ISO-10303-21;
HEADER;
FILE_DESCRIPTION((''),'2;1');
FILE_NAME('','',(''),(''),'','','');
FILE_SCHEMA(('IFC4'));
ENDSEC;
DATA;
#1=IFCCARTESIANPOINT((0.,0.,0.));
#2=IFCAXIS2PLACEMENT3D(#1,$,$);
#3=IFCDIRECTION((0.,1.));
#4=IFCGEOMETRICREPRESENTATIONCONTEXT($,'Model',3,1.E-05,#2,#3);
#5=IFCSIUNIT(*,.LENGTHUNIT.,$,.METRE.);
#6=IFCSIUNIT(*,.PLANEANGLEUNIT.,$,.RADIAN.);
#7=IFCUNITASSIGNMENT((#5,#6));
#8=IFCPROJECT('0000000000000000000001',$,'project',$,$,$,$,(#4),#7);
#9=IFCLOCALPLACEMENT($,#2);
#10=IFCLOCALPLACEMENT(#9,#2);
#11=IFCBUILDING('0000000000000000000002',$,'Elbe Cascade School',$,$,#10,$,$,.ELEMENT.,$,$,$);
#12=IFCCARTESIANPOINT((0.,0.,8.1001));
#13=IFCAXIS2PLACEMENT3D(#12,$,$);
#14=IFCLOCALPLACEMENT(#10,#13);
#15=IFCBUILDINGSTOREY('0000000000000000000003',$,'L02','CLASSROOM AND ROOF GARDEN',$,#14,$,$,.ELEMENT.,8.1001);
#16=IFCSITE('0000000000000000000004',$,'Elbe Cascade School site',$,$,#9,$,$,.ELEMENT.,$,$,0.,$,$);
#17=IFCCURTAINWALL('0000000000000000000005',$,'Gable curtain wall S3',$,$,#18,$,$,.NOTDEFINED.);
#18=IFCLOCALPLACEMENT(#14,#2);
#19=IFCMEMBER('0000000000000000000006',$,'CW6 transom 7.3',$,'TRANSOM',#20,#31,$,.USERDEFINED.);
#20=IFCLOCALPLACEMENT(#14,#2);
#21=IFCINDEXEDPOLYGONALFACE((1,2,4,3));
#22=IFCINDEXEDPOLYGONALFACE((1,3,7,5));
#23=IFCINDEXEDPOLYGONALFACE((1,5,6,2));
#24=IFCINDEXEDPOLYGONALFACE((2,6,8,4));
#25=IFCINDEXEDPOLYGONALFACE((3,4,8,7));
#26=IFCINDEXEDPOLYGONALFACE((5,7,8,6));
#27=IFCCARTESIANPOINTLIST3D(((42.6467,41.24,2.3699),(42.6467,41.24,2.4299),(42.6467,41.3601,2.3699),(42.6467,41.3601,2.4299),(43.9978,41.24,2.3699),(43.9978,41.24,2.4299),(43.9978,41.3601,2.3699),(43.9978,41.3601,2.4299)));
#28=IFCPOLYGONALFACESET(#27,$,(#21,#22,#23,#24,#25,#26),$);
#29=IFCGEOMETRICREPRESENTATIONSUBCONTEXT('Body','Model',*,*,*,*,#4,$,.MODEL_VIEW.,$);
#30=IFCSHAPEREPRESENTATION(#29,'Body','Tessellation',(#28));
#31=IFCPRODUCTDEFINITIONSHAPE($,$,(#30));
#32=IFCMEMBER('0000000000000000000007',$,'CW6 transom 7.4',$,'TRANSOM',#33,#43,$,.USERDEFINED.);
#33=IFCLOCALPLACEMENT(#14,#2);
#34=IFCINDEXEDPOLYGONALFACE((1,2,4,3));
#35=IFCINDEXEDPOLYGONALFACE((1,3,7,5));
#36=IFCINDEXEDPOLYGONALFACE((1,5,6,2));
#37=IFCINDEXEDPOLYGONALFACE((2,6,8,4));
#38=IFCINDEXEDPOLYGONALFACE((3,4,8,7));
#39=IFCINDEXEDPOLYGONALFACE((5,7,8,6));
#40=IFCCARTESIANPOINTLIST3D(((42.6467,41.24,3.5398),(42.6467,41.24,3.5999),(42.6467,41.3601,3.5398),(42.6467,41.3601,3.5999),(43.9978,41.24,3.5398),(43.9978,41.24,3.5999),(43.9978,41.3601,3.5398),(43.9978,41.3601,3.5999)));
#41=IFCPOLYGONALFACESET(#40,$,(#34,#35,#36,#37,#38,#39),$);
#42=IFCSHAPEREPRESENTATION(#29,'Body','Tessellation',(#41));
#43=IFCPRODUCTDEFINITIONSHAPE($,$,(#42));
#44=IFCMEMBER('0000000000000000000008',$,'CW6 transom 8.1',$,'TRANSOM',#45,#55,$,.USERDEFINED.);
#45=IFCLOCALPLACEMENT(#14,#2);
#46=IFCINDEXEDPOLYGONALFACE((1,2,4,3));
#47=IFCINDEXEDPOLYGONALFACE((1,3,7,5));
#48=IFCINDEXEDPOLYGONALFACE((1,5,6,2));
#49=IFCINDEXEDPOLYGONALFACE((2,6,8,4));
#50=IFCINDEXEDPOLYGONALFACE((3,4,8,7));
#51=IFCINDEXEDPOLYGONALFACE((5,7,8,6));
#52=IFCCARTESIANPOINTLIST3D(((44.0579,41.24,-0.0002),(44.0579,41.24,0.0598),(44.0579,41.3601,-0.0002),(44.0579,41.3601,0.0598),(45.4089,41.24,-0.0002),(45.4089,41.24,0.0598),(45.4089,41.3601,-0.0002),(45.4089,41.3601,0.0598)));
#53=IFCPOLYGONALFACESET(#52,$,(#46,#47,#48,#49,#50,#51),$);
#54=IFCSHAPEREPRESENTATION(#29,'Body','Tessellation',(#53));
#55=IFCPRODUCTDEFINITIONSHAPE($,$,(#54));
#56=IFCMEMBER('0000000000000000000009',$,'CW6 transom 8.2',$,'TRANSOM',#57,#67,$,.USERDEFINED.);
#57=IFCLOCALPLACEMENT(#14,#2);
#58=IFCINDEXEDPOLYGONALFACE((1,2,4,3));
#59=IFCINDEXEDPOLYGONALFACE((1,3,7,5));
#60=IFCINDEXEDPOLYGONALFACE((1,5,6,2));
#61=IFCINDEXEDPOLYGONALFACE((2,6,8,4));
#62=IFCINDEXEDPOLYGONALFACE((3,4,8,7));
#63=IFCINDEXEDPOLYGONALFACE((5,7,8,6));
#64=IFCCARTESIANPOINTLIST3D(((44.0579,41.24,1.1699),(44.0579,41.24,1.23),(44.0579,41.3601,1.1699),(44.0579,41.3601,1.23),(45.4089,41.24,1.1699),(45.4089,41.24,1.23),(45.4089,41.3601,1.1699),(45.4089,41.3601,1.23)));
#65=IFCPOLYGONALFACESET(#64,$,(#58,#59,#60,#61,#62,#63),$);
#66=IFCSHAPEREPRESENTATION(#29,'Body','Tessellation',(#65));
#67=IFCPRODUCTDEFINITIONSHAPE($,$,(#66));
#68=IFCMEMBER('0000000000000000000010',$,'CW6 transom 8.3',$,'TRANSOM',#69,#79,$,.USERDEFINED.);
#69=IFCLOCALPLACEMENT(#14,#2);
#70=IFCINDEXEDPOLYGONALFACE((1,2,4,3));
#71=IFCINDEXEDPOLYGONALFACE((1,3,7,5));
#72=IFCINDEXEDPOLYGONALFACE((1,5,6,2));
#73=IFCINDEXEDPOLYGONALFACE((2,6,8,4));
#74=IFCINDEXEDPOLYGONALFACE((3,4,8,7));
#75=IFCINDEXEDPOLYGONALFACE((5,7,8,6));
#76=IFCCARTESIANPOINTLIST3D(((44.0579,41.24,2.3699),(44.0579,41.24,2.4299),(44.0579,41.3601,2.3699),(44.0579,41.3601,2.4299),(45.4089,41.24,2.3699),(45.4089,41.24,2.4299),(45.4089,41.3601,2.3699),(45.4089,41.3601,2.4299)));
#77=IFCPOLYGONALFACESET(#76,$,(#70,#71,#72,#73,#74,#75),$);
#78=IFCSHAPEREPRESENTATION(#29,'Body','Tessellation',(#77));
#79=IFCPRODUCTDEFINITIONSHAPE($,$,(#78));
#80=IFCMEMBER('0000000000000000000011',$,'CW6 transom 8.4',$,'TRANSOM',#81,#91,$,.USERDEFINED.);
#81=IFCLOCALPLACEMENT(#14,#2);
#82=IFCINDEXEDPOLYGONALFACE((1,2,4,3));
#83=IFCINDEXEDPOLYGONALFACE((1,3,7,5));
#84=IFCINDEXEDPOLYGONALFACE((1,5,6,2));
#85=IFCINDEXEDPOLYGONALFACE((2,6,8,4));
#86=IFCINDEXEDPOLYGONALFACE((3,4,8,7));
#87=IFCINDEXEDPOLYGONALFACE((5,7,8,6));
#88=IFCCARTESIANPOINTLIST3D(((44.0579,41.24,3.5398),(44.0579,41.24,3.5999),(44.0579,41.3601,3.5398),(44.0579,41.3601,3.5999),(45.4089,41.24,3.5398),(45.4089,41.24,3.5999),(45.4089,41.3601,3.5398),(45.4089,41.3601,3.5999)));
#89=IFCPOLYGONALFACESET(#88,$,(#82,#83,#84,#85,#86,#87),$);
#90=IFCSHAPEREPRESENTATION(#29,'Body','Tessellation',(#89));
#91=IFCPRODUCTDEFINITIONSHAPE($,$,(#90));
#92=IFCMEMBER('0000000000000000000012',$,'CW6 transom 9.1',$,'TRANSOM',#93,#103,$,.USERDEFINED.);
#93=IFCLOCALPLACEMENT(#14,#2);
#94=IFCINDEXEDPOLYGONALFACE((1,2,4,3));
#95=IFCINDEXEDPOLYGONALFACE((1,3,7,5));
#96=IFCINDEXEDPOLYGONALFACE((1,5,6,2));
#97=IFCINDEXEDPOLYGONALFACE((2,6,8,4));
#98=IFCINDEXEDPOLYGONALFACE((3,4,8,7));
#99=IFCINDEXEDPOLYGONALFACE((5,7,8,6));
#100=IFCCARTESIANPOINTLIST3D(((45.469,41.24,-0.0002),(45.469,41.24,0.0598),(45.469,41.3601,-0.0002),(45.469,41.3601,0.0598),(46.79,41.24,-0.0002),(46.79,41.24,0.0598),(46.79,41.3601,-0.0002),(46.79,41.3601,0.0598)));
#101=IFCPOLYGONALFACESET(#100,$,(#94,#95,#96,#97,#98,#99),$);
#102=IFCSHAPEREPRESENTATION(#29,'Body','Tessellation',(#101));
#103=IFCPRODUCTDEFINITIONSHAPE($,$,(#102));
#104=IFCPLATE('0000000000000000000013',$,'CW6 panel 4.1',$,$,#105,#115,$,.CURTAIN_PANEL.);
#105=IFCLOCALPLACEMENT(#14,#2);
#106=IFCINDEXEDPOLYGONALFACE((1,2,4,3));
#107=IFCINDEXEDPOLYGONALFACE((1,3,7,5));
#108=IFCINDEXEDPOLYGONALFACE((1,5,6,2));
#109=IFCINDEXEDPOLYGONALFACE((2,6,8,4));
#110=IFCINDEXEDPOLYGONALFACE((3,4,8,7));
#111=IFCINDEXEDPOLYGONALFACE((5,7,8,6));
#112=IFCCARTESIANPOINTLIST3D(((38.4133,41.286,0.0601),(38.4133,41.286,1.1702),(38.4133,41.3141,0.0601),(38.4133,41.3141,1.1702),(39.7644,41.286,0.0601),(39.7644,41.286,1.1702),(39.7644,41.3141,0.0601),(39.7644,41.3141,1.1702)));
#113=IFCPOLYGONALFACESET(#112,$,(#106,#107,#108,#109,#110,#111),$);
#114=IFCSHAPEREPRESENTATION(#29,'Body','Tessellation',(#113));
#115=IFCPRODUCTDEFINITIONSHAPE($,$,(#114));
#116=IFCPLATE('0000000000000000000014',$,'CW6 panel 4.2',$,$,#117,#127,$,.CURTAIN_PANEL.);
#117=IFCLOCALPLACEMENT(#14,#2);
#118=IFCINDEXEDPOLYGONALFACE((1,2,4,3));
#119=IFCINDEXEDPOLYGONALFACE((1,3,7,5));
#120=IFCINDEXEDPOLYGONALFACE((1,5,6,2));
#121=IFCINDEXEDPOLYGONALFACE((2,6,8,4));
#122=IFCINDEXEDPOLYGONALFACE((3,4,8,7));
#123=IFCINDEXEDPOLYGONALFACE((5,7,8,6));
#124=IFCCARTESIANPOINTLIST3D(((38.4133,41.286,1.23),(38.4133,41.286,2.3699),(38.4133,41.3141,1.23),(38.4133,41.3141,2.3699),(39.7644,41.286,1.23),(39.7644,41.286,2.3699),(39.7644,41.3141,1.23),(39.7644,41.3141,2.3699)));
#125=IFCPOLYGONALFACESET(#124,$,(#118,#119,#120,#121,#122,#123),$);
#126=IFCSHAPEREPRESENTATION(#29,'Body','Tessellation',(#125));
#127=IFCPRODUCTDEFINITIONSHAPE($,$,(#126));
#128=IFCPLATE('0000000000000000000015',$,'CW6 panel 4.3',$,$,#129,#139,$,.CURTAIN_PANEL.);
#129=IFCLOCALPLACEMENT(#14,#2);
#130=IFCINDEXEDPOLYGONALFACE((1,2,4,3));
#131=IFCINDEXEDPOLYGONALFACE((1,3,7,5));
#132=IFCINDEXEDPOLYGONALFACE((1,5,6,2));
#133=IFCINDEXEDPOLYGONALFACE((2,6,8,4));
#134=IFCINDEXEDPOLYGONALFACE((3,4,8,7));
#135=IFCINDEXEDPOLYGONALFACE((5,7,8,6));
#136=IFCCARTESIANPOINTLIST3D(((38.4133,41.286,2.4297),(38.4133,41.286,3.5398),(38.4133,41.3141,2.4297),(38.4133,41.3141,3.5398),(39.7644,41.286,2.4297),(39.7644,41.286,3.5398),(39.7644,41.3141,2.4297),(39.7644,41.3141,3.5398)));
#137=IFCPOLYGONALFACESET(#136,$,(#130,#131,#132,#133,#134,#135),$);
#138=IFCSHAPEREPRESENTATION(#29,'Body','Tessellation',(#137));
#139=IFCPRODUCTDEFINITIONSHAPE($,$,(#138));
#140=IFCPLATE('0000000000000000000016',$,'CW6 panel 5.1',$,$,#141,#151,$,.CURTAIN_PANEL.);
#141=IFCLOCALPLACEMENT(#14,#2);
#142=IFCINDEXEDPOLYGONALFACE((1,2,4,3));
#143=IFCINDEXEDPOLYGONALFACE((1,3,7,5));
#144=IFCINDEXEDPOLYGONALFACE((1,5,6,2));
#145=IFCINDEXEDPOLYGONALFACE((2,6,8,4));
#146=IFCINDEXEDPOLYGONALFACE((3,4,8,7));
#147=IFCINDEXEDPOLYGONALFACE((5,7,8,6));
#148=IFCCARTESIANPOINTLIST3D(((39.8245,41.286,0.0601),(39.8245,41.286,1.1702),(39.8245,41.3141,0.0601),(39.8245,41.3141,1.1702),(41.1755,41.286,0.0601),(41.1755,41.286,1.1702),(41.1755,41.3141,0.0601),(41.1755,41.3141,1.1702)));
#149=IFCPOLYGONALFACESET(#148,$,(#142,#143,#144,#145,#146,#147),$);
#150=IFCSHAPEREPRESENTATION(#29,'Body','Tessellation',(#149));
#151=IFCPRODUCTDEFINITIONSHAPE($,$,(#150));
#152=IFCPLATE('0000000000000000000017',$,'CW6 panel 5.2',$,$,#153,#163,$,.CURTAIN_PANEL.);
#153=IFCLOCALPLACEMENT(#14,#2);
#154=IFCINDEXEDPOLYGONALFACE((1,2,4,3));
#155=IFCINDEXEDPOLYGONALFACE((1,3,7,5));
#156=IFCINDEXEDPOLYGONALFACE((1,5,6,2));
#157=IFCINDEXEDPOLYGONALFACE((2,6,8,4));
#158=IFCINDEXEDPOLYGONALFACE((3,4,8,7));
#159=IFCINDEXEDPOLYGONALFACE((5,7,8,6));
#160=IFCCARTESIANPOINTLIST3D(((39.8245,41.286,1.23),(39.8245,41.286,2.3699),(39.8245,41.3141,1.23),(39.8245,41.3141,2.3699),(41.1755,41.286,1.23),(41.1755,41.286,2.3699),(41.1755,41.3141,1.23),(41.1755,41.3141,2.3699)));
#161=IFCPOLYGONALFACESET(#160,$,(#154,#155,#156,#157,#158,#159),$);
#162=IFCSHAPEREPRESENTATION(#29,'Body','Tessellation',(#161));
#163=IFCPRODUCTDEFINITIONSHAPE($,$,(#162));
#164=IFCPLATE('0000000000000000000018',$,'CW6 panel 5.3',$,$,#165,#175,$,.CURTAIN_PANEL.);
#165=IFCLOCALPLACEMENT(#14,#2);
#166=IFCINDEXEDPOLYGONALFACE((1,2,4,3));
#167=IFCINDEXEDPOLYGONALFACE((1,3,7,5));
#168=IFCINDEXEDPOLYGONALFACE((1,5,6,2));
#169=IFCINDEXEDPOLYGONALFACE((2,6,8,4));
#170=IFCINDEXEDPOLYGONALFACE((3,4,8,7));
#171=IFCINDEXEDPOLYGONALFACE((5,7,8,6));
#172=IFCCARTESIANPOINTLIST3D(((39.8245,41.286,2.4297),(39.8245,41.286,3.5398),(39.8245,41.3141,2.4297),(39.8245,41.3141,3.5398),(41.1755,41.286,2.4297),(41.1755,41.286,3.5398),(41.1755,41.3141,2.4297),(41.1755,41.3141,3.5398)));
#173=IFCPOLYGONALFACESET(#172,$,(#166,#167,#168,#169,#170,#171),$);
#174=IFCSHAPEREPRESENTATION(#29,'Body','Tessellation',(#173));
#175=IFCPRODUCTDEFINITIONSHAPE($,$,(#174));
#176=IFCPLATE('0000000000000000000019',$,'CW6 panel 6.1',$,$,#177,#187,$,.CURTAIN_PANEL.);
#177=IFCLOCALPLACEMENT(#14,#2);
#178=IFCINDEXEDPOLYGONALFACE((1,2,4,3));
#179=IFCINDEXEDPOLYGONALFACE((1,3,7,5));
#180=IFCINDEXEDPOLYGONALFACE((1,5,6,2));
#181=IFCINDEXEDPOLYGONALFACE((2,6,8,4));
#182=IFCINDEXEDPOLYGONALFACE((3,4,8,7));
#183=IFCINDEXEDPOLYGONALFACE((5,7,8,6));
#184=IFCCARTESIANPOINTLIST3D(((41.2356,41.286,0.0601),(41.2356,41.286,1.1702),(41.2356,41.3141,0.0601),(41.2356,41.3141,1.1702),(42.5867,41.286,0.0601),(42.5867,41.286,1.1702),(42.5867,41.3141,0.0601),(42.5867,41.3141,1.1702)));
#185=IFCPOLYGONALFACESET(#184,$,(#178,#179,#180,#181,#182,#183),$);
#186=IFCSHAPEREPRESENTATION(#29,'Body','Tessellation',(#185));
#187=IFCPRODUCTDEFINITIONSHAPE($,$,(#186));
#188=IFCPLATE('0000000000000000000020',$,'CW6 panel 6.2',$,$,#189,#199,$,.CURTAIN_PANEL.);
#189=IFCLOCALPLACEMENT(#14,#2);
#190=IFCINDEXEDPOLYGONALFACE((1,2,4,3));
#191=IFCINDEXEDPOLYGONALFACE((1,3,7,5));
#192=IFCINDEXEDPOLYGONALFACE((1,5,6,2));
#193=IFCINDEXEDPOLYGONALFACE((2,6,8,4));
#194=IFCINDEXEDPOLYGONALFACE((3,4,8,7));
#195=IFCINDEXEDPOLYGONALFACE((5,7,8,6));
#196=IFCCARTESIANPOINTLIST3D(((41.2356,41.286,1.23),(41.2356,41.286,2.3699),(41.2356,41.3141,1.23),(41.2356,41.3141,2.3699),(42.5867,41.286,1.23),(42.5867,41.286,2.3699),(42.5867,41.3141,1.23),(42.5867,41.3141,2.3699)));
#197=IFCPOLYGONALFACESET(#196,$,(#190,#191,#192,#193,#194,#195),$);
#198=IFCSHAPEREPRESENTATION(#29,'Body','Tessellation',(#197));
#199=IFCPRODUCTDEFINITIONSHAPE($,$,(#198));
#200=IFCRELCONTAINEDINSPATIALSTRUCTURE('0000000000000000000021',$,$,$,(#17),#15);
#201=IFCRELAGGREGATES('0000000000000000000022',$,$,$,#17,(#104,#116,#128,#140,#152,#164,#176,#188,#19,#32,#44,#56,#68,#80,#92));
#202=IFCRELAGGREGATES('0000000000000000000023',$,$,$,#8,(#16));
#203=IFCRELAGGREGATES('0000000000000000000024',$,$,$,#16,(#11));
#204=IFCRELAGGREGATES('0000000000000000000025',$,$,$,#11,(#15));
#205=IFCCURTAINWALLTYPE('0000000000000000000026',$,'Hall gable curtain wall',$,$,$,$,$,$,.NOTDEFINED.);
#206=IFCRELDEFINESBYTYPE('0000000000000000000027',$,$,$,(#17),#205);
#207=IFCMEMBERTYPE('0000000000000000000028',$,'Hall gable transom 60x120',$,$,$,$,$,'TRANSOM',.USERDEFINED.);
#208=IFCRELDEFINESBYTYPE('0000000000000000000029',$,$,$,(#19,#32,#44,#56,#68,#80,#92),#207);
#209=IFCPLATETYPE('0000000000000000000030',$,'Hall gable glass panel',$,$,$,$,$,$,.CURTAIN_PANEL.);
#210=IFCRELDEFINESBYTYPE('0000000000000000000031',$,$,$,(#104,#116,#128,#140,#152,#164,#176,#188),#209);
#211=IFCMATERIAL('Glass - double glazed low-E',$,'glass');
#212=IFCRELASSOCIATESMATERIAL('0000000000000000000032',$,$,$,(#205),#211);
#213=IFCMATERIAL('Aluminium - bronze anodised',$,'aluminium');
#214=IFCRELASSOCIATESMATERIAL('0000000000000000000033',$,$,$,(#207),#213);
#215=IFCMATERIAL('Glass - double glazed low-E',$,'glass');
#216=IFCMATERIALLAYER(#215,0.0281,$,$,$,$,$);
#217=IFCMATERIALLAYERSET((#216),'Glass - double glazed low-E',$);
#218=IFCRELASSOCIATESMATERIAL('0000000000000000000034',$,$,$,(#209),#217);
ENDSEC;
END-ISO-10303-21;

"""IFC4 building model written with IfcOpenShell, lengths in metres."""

from ifc_helpers import new_model, si_unit, direction, frame, origin, origin_2d, place, context, subcontext, project, spatial, rectangle, extrude, material, layer, layer_set, material_profile, profile_set, type_object, element, aggregate, save


model = new_model("IFC4")

# Units and contexts
model_context = context("Model", 3, precision=1e-05, world=origin(), true_north=direction((0.0, 1.0)))
body_context = subcontext(model_context, "Body", "Model", "MODEL_VIEW")
ifc_project = project(units=[si_unit("LENGTHUNIT", "METRE"), si_unit("PLANEANGLEUNIT", "RADIAN")], contexts=[model_context])

# Site, building, storey
site_placement = place(None, origin())
site = spatial("IfcSite", under=ifc_project, at=site_placement, Name="Elbe Cascade School site", CompositionType="ELEMENT", RefElevation=0.0)
building_placement = place(site_placement, origin())
building = spatial("IfcBuilding", under=site, at=building_placement, Name="Elbe Cascade School", CompositionType="ELEMENT")
storey_placement = place(building_placement, frame((0.0, 0.0, 8.1001)))
storey = spatial("IfcBuildingStorey", under=building, at=storey_placement, Name="L02", Description="CLASSROOM AND ROOF GARDEN", CompositionType="ELEMENT", Elevation=8.1001)

# Curtain wall, members, plates
ifc_material_1 = material(Name="Glass - double glazed low-E", Category="glass")
curtain_wall_type = type_object("IfcCurtainWallType", Name="Hall gable curtain wall", PredefinedType="NOTDEFINED", material=ifc_material_1)
curtain_wall_placement = place(storey_placement, origin())
curtain_wall = element("IfcCurtainWall", 1, at=curtain_wall_placement, inside=storey, type_object=curtain_wall_type, Name="Gable curtain wall S3", PredefinedType="NOTDEFINED")
ifc_material_2 = material(Name="Aluminium - bronze anodised", Category="aluminium")
ifc_material_profile_1 = material_profile(ifc_material_2, rectangle(XDim=0.1201, YDim=0.0601, at=origin_2d()), Name="Alu 60x120")
ifc_profile_set_1 = profile_set([ifc_material_profile_1], Name="Aluminium - bronze anodised")
member_type_1 = type_object("IfcMemberType", Name="Hall gable transom 60x120", ElementType="TRANSOM", PredefinedType="USERDEFINED", material=ifc_profile_set_1)
member_1_placement = place(storey_placement, frame((42.6467, 41.3, 2.3999), z_axis=(1.0, 0.0, 0.0), x_axis=(0.0, 1.0, 0.0)))
member_1 = element("IfcMember", 2, at=member_1_placement, type_object=member_type_1, Name="CW6 transom 7.3", ObjectType="TRANSOM", PredefinedType="USERDEFINED", context=body_context, shape_type="SweptSolid", body=[
    extrude(rectangle(XDim=0.1201, YDim=0.0601, at=origin_2d()), origin(), (0.0, 0.0, 1.0), 1.3511),
])
member_2_placement = place(storey_placement, frame((42.6467, 41.3, 3.5698), z_axis=(1.0, 0.0, 0.0), x_axis=(0.0, 1.0, 0.0)))
member_2 = element("IfcMember", 3, at=member_2_placement, type_object=member_type_1, Name="CW6 transom 7.4", ObjectType="TRANSOM", PredefinedType="USERDEFINED", context=body_context, shape_type="SweptSolid", body=[
    extrude(rectangle(XDim=0.1201, YDim=0.0601, at=origin_2d()), origin(), (0.0, 0.0, 1.0), 1.3511),
])
member_3_placement = place(storey_placement, frame((44.0579, 41.3, 0.0298), z_axis=(1.0, 0.0, 0.0), x_axis=(0.0, 1.0, 0.0)))
member_3 = element("IfcMember", 4, at=member_3_placement, type_object=member_type_1, Name="CW6 transom 8.1", ObjectType="TRANSOM", PredefinedType="USERDEFINED", context=body_context, shape_type="SweptSolid", body=[
    extrude(rectangle(XDim=0.1201, YDim=0.0601, at=origin_2d()), origin(), (0.0, 0.0, 1.0), 1.3511),
])
member_4_placement = place(storey_placement, frame((44.0579, 41.3, 1.2), z_axis=(1.0, 0.0, 0.0), x_axis=(0.0, 1.0, 0.0)))
member_4 = element("IfcMember", 5, at=member_4_placement, type_object=member_type_1, Name="CW6 transom 8.2", ObjectType="TRANSOM", PredefinedType="USERDEFINED", context=body_context, shape_type="SweptSolid", body=[
    extrude(rectangle(XDim=0.1201, YDim=0.0601, at=origin_2d()), origin(), (0.0, 0.0, 1.0), 1.3511),
])
member_5_placement = place(storey_placement, frame((44.0579, 41.3, 2.3999), z_axis=(1.0, 0.0, 0.0), x_axis=(0.0, 1.0, 0.0)))
member_5 = element("IfcMember", 6, at=member_5_placement, type_object=member_type_1, Name="CW6 transom 8.3", ObjectType="TRANSOM", PredefinedType="USERDEFINED", context=body_context, shape_type="SweptSolid", body=[
    extrude(rectangle(XDim=0.1201, YDim=0.0601, at=origin_2d()), origin(), (0.0, 0.0, 1.0), 1.3511),
])
member_6_placement = place(storey_placement, frame((44.0579, 41.3, 3.5698), z_axis=(1.0, 0.0, 0.0), x_axis=(0.0, 1.0, 0.0)))
member_6 = element("IfcMember", 7, at=member_6_placement, type_object=member_type_1, Name="CW6 transom 8.4", ObjectType="TRANSOM", PredefinedType="USERDEFINED", context=body_context, shape_type="SweptSolid", body=[
    extrude(rectangle(XDim=0.1201, YDim=0.0601, at=origin_2d()), origin(), (0.0, 0.0, 1.0), 1.3511),
])
member_7_placement = place(storey_placement, frame((45.469, 41.3, 0.0298), z_axis=(1.0, 0.0, 0.0), x_axis=(0.0, 1.0, 0.0)))
member_7 = element("IfcMember", 8, at=member_7_placement, type_object=member_type_1, Name="CW6 transom 9.1", ObjectType="TRANSOM", PredefinedType="USERDEFINED", context=body_context, shape_type="SweptSolid", body=[
    extrude(rectangle(XDim=0.1201, YDim=0.0601, at=origin_2d()), origin(), (0.0, 0.0, 1.0), 1.321),
])
ifc_material_3 = material(Name="Glass - double glazed low-E", Category="glass")
ifc_layer = layer(ifc_material_3, 0.0281)
ifc_layer_set = layer_set([ifc_layer], Name="Glass - double glazed low-E")
plate_type = type_object("IfcPlateType", Name="Hall gable glass panel", PredefinedType="CURTAIN_PANEL", material=ifc_layer_set)
plate_1_placement = place(storey_placement, frame((39.0889, 41.3, 0.0601), z_axis=(0.0, 0.0, 1.0), x_axis=(1.0, 0.0, 0.0)))
plate_1 = element("IfcPlate", 9, at=plate_1_placement, type_object=plate_type, Name="CW6 panel 4.1", PredefinedType="CURTAIN_PANEL", context=body_context, shape_type="SweptSolid", body=[
    extrude(rectangle(XDim=1.3511, YDim=0.0281, at=origin_2d()), origin(), (0.0, 0.0, 1.0), 1.1101),
])
plate_2_placement = place(storey_placement, frame((39.0889, 41.3, 1.23), z_axis=(0.0, 0.0, 1.0), x_axis=(1.0, 0.0, 0.0)))
plate_2 = element("IfcPlate", 10, at=plate_2_placement, type_object=plate_type, Name="CW6 panel 4.2", PredefinedType="CURTAIN_PANEL", context=body_context, shape_type="SweptSolid", body=[
    extrude(rectangle(XDim=1.3511, YDim=0.0281, at=origin_2d()), origin(), (0.0, 0.0, 1.0), 1.1399),
])
plate_3_placement = place(storey_placement, frame((39.0889, 41.3, 2.4297), z_axis=(0.0, 0.0, 1.0), x_axis=(1.0, 0.0, 0.0)))
plate_3 = element("IfcPlate", 11, at=plate_3_placement, type_object=plate_type, Name="CW6 panel 4.3", PredefinedType="CURTAIN_PANEL", context=body_context, shape_type="SweptSolid", body=[
    extrude(rectangle(XDim=1.3511, YDim=0.0281, at=origin_2d()), origin(), (0.0, 0.0, 1.0), 1.1101),
])
plate_4_placement = place(storey_placement, frame((40.5, 41.3, 0.0601), z_axis=(0.0, 0.0, 1.0), x_axis=(1.0, 0.0, 0.0)))
plate_4 = element("IfcPlate", 12, at=plate_4_placement, type_object=plate_type, Name="CW6 panel 5.1", PredefinedType="CURTAIN_PANEL", context=body_context, shape_type="SweptSolid", body=[
    extrude(rectangle(XDim=1.3511, YDim=0.0281, at=origin_2d()), origin(), (0.0, 0.0, 1.0), 1.1101),
])
plate_5_placement = place(storey_placement, frame((40.5, 41.3, 1.23), z_axis=(0.0, 0.0, 1.0), x_axis=(1.0, 0.0, 0.0)))
plate_5 = element("IfcPlate", 13, at=plate_5_placement, type_object=plate_type, Name="CW6 panel 5.2", PredefinedType="CURTAIN_PANEL", context=body_context, shape_type="SweptSolid", body=[
    extrude(rectangle(XDim=1.3511, YDim=0.0281, at=origin_2d()), origin(), (0.0, 0.0, 1.0), 1.1399),
])
plate_6_placement = place(storey_placement, frame((40.5, 41.3, 2.4297), z_axis=(0.0, 0.0, 1.0), x_axis=(1.0, 0.0, 0.0)))
plate_6 = element("IfcPlate", 14, at=plate_6_placement, type_object=plate_type, Name="CW6 panel 5.3", PredefinedType="CURTAIN_PANEL", context=body_context, shape_type="SweptSolid", body=[
    extrude(rectangle(XDim=1.3511, YDim=0.0281, at=origin_2d()), origin(), (0.0, 0.0, 1.0), 1.1101),
])
plate_7_placement = place(storey_placement, frame((41.9111, 41.3, 0.0601), z_axis=(0.0, 0.0, 1.0), x_axis=(1.0, 0.0, 0.0)))
plate_7 = element("IfcPlate", 15, at=plate_7_placement, type_object=plate_type, Name="CW6 panel 6.1", PredefinedType="CURTAIN_PANEL", context=body_context, shape_type="SweptSolid", body=[
    extrude(rectangle(XDim=1.3511, YDim=0.0281, at=origin_2d()), origin(), (0.0, 0.0, 1.0), 1.1101),
])
plate_8_placement = place(storey_placement, frame((41.9111, 41.3, 1.23), z_axis=(0.0, 0.0, 1.0), x_axis=(1.0, 0.0, 0.0)))
plate_8 = element("IfcPlate", 16, at=plate_8_placement, type_object=plate_type, Name="CW6 panel 6.2", PredefinedType="CURTAIN_PANEL", context=body_context, shape_type="SweptSolid", body=[
    extrude(rectangle(XDim=1.3511, YDim=0.0281, at=origin_2d()), origin(), (0.0, 0.0, 1.0), 1.1399),
])
aggregate(curtain_wall, [plate_1, plate_2, plate_3, plate_4, plate_5, plate_6, plate_7, plate_8, member_1, member_2, member_3, member_4, member_5, member_6, member_7])

save(model, "model.ifc")
